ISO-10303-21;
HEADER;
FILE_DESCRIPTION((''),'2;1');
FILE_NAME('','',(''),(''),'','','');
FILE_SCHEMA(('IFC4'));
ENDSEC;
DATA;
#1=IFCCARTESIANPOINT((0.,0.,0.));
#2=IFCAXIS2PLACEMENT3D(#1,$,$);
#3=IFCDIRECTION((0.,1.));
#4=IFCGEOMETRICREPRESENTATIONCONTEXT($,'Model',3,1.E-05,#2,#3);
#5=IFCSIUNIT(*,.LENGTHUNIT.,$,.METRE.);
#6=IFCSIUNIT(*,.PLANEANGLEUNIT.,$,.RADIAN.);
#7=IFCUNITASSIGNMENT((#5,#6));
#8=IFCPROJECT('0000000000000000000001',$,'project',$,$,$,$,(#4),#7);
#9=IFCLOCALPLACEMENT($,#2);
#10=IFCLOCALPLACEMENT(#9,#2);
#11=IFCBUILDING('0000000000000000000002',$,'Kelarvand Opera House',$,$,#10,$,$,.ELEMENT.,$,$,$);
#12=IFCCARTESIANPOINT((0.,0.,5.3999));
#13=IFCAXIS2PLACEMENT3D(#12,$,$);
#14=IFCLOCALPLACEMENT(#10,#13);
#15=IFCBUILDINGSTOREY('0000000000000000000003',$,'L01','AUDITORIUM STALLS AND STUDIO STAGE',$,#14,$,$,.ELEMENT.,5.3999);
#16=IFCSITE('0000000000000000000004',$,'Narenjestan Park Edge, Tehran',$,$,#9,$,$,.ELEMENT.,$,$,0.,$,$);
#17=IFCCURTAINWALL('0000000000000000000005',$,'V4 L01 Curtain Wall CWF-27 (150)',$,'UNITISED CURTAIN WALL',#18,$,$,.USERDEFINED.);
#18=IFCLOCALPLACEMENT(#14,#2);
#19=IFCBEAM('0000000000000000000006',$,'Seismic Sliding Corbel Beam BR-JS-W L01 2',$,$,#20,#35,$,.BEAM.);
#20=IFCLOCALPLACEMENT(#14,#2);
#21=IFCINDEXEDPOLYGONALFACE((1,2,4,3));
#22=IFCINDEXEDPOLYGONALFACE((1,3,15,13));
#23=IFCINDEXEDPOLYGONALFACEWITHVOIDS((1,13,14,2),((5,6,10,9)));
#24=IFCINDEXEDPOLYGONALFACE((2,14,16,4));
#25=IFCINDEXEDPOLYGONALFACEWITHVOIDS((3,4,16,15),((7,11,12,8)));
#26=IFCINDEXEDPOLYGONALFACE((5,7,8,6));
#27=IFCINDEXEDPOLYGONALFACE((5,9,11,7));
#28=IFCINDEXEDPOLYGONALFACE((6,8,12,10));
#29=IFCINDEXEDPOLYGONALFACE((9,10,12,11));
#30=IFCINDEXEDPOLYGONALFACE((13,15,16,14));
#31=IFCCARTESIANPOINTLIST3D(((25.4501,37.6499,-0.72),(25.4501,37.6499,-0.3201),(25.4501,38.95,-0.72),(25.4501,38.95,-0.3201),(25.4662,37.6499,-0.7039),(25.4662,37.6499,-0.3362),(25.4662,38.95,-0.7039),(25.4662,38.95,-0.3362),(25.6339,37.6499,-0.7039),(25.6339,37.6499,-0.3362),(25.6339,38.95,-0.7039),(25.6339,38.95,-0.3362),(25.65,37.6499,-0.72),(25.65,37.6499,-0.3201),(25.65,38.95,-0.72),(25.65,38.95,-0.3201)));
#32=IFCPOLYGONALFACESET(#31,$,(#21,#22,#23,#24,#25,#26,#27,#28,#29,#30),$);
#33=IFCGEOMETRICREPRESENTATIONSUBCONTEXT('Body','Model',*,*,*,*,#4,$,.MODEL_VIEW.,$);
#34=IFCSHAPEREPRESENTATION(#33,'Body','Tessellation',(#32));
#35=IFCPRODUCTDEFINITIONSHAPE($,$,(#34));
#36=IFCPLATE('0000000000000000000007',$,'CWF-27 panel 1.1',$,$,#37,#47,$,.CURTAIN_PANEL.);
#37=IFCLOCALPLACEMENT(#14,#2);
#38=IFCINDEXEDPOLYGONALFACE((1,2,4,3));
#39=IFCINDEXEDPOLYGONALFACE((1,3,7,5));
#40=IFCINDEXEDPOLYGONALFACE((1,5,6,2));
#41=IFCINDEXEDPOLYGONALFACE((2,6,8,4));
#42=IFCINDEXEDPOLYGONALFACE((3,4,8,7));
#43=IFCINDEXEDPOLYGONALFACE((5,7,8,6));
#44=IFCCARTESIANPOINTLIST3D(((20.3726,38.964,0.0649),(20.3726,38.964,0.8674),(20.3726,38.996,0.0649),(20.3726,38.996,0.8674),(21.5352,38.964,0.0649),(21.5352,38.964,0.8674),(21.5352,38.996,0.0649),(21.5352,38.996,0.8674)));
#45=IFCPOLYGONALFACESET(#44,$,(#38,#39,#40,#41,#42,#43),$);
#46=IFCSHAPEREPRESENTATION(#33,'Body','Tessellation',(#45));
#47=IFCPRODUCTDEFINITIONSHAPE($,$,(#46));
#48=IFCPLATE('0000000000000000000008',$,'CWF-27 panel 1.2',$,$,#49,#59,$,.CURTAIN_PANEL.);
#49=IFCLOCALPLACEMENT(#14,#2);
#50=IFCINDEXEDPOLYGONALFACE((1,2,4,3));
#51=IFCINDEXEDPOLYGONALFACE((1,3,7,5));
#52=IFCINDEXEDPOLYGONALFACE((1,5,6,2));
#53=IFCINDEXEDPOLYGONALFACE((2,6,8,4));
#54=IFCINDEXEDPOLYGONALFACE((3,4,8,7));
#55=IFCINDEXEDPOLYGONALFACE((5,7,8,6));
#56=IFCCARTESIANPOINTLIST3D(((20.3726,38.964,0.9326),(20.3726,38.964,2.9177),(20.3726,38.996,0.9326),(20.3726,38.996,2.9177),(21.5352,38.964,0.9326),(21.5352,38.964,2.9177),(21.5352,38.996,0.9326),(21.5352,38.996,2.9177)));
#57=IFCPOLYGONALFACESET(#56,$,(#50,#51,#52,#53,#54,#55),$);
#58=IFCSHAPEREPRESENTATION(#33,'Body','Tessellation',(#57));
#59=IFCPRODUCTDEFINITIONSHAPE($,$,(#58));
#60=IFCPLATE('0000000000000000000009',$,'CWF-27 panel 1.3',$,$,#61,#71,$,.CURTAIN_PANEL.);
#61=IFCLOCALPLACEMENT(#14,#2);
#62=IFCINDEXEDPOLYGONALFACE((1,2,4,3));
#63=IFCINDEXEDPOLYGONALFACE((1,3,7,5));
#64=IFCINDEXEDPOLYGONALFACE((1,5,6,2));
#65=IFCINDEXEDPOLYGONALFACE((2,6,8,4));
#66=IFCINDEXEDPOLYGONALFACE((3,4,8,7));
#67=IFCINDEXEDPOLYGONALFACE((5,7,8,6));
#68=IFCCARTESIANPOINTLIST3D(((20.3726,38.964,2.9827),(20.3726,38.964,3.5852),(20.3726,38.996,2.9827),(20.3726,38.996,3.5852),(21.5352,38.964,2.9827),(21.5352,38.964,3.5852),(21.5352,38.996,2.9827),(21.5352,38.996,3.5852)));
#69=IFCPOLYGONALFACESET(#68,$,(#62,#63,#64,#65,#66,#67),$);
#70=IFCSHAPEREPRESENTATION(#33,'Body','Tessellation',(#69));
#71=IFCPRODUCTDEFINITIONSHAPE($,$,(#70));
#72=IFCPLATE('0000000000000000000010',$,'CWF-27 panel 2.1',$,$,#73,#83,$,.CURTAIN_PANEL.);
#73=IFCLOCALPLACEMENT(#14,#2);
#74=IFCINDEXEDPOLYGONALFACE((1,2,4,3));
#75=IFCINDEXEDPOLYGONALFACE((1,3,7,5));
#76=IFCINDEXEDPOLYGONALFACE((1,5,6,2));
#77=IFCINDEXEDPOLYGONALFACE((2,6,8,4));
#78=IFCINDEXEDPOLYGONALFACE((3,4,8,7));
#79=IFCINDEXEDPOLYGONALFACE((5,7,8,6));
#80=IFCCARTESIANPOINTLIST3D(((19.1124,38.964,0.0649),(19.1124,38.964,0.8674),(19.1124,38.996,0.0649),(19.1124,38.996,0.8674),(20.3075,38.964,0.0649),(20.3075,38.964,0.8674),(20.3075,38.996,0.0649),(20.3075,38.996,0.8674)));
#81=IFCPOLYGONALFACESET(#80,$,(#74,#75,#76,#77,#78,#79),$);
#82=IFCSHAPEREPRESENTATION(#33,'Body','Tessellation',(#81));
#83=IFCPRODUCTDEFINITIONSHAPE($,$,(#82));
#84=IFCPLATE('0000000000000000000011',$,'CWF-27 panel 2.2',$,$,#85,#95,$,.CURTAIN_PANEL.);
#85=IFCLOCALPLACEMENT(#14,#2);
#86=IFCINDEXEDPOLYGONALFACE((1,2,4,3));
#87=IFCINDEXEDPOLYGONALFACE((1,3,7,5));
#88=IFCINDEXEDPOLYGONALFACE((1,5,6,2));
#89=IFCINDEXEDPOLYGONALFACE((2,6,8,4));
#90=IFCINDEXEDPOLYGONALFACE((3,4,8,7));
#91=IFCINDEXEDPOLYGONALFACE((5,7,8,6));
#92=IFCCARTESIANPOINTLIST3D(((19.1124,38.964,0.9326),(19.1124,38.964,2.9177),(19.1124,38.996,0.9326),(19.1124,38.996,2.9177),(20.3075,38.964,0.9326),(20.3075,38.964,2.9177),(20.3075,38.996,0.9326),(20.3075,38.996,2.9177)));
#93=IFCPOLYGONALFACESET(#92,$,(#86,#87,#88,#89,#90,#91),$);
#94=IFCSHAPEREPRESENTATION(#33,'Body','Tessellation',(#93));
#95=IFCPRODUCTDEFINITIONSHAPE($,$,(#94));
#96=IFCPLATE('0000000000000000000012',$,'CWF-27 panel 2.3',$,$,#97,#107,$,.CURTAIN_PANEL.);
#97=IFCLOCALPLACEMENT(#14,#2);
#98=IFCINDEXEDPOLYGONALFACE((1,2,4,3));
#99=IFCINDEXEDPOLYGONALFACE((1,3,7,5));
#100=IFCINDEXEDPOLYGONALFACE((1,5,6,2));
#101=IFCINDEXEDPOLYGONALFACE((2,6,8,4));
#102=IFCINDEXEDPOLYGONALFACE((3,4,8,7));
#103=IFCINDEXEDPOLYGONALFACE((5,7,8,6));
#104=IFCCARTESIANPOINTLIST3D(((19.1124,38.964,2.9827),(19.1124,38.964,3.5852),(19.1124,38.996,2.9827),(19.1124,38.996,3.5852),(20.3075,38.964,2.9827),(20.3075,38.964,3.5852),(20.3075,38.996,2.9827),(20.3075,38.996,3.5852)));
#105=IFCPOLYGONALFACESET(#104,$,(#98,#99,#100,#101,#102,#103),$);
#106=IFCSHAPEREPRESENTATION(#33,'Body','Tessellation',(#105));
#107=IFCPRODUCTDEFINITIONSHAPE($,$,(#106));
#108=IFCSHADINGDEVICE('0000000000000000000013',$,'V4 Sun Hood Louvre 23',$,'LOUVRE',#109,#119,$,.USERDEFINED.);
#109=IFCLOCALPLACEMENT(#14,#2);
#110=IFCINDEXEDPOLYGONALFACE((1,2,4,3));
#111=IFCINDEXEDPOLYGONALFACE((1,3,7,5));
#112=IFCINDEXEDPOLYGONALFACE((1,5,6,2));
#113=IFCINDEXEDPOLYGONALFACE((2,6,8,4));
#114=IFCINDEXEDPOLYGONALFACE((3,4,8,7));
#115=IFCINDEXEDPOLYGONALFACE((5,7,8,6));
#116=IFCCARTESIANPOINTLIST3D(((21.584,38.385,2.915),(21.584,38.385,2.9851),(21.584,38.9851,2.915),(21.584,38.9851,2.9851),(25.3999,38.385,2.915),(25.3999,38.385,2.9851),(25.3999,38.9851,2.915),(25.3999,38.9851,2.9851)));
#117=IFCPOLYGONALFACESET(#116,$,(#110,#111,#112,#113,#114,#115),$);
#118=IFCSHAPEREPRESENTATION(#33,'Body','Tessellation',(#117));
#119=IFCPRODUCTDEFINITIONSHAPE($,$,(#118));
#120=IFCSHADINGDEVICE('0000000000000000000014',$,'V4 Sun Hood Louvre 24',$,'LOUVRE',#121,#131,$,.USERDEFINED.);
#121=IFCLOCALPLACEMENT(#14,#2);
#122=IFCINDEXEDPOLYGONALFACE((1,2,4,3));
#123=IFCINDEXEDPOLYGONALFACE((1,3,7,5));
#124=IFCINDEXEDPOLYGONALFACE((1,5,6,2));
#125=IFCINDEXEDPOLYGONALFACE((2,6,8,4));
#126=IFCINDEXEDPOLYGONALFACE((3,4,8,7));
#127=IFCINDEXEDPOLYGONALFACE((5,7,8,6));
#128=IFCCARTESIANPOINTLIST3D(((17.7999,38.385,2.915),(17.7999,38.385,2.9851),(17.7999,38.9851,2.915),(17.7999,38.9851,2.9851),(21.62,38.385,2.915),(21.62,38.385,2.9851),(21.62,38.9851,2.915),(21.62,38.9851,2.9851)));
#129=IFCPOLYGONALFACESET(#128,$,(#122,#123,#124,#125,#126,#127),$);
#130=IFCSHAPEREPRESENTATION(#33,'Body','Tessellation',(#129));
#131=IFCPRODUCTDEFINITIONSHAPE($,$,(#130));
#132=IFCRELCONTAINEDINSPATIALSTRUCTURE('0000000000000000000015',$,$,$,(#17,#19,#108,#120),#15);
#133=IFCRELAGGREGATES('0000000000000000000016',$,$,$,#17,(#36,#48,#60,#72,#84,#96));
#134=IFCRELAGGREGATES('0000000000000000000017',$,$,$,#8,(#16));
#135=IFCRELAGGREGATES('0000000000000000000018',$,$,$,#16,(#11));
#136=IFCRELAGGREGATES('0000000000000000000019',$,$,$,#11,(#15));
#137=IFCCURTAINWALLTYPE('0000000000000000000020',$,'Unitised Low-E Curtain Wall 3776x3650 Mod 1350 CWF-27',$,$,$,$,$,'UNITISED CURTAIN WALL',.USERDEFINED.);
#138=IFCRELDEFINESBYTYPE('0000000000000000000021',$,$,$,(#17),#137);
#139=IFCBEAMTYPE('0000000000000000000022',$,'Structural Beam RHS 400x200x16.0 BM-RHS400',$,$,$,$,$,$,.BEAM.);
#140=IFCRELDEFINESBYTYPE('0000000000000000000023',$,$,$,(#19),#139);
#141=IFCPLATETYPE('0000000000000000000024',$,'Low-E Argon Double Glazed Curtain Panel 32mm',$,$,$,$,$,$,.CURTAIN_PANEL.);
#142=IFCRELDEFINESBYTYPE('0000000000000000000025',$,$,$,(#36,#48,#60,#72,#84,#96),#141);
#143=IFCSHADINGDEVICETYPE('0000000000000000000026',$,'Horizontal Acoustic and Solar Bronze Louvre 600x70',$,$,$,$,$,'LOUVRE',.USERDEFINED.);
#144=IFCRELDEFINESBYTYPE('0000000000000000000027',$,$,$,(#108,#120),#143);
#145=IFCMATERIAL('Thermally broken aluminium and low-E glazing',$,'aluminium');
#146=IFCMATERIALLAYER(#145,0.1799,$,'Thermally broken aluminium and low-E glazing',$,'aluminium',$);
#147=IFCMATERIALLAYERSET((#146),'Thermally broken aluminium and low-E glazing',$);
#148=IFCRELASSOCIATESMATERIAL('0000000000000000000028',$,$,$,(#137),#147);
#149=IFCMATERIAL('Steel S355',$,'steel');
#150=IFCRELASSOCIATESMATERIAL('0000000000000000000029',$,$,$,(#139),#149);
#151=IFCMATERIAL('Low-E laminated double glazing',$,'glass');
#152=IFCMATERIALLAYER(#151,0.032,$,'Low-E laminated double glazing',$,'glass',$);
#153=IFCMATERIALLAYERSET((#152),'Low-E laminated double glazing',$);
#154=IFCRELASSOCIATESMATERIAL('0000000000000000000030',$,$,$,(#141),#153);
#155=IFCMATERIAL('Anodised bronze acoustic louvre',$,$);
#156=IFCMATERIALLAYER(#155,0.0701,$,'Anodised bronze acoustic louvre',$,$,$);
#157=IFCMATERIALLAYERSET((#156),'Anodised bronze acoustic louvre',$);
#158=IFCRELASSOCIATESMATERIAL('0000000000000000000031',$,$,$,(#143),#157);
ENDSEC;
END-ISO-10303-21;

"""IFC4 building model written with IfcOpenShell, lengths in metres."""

from ifc_helpers import new_model, si_unit, direction, frame, origin, origin_2d, place, context, subcontext, project, spatial, rectangle, hollow_rectangle, extrude, material, layer, layer_set, material_profile, profile_set, type_object, element, aggregate, save


model = new_model("IFC4")

# Units and contexts
model_context = context("Model", 3, precision=1e-05, world=origin(), true_north=direction((0.0, 1.0)))
body_context = subcontext(model_context, "Body", "Model", "MODEL_VIEW")
ifc_project = project(units=[si_unit("LENGTHUNIT", "METRE"), si_unit("PLANEANGLEUNIT", "RADIAN")], contexts=[model_context])

# Site, building, storey
site_placement = place(None, origin())
site = spatial("IfcSite", under=ifc_project, at=site_placement, Name="Narenjestan Park Edge, Tehran", CompositionType="ELEMENT", RefElevation=0.0)
building_placement = place(site_placement, origin())
building = spatial("IfcBuilding", under=site, at=building_placement, Name="Kelarvand Opera House", CompositionType="ELEMENT")
storey_placement = place(building_placement, frame((0.0, 0.0, 5.3999)))
storey = spatial("IfcBuildingStorey", under=building, at=storey_placement, Name="L01", Description="AUDITORIUM STALLS AND STUDIO STAGE", CompositionType="ELEMENT", Elevation=5.3999)

# Shared definitions
ifc_material_1 = material(Name="Thermally broken aluminium and low-E glazing", Category="aluminium")
ifc_layer_1 = layer(ifc_material_1, 0.1799, Name="Thermally broken aluminium and low-E glazing", Category="aluminium")
ifc_layer_set_1 = layer_set([ifc_layer_1], Name="Thermally broken aluminium and low-E glazing")
curtain_wall_type = type_object("IfcCurtainWallType", Name="Unitised Low-E Curtain Wall 3776x3650 Mod 1350 CWF-27", ElementType="UNITISED CURTAIN WALL", PredefinedType="USERDEFINED", material=ifc_layer_set_1)

# Curtain wall
curtain_wall_1_placement = place(storey_placement, origin())
curtain_wall_1 = element("IfcCurtainWall", 1, at=curtain_wall_1_placement, inside=storey, type_object=curtain_wall_type, Name="V4 L01 Curtain Wall CWF-27 (150)", ObjectType="UNITISED CURTAIN WALL", PredefinedType="USERDEFINED")

# Beam
ifc_material_2 = material(Name="Steel S355", Category="steel")
ifc_material_profile_1 = material_profile(ifc_material_2, hollow_rectangle(XDim=0.2, YDim=0.3999, WallThickness=0.0161, at=origin_2d()), Name="RHS 400x200x16.0", Category="steel")
ifc_profile_set_1 = profile_set([ifc_material_profile_1], Name="Steel S355")
beam_type = type_object("IfcBeamType", Name="Structural Beam RHS 400x200x16.0 BM-RHS400", PredefinedType="BEAM", material=ifc_profile_set_1)
beam_placement = place(storey_placement, frame((25.55, 37.6499, -0.52), z_axis=(0.0, 1.0, 0.0), x_axis=(-1.0, 0.0, 0.0)))
element("IfcBeam", 2, at=beam_placement, inside=storey, type_object=beam_type, Name="Seismic Sliding Corbel Beam BR-JS-W L01 2", PredefinedType="BEAM", context=body_context, shape_type="SweptSolid", body=[
    extrude(hollow_rectangle(XDim=0.2, YDim=0.3999, WallThickness=0.0161, at=origin_2d()), origin(), (0.0, 0.0, 1.0), 1.3),
])

# Plates
ifc_material_3 = material(Name="Low-E laminated double glazing", Category="glass")
ifc_layer_2 = layer(ifc_material_3, 0.032, Name="Low-E laminated double glazing", Category="glass")
ifc_layer_set_2 = layer_set([ifc_layer_2], Name="Low-E laminated double glazing")
plate_type = type_object("IfcPlateType", Name="Low-E Argon Double Glazed Curtain Panel 32mm", PredefinedType="CURTAIN_PANEL", material=ifc_layer_set_2)
plate_1_placement = place(storey_placement, frame((20.9539, 38.98, 0.0649), z_axis=(0.0, 0.0, 1.0), x_axis=(-1.0, 0.0, 0.0)))
plate_1 = element("IfcPlate", 3, at=plate_1_placement, type_object=plate_type, Name="CWF-27 panel 1.1", PredefinedType="CURTAIN_PANEL", context=body_context, shape_type="SweptSolid", body=[
    extrude(rectangle(XDim=1.1626, YDim=0.032, at=origin_2d()), origin(), (0.0, 0.0, 1.0), 0.8025),
])
plate_2_placement = place(storey_placement, frame((20.9539, 38.98, 0.9326), z_axis=(0.0, 0.0, 1.0), x_axis=(-1.0, 0.0, 0.0)))
plate_2 = element("IfcPlate", 4, at=plate_2_placement, type_object=plate_type, Name="CWF-27 panel 1.2", PredefinedType="CURTAIN_PANEL", context=body_context, shape_type="SweptSolid", body=[
    extrude(rectangle(XDim=1.1626, YDim=0.032, at=origin_2d()), origin(), (0.0, 0.0, 1.0), 1.9851),
])
plate_3_placement = place(storey_placement, frame((20.9539, 38.98, 2.9827), z_axis=(0.0, 0.0, 1.0), x_axis=(-1.0, 0.0, 0.0)))
plate_3 = element("IfcPlate", 5, at=plate_3_placement, type_object=plate_type, Name="CWF-27 panel 1.3", PredefinedType="CURTAIN_PANEL", context=body_context, shape_type="SweptSolid", body=[
    extrude(rectangle(XDim=1.1626, YDim=0.032, at=origin_2d()), origin(), (0.0, 0.0, 1.0), 0.6025),
])
plate_4_placement = place(storey_placement, frame((19.71, 38.98, 0.0649), z_axis=(0.0, 0.0, 1.0), x_axis=(-1.0, 0.0, 0.0)))
plate_4 = element("IfcPlate", 6, at=plate_4_placement, type_object=plate_type, Name="CWF-27 panel 2.1", PredefinedType="CURTAIN_PANEL", context=body_context, shape_type="SweptSolid", body=[
    extrude(rectangle(XDim=1.1951, YDim=0.032, at=origin_2d()), origin(), (0.0, 0.0, 1.0), 0.8025),
])
plate_5_placement = place(storey_placement, frame((19.71, 38.98, 0.9326), z_axis=(0.0, 0.0, 1.0), x_axis=(-1.0, 0.0, 0.0)))
plate_5 = element("IfcPlate", 7, at=plate_5_placement, type_object=plate_type, Name="CWF-27 panel 2.2", PredefinedType="CURTAIN_PANEL", context=body_context, shape_type="SweptSolid", body=[
    extrude(rectangle(XDim=1.1951, YDim=0.032, at=origin_2d()), origin(), (0.0, 0.0, 1.0), 1.9851),
])
plate_6_placement = place(storey_placement, frame((19.71, 38.98, 2.9827), z_axis=(0.0, 0.0, 1.0), x_axis=(-1.0, 0.0, 0.0)))
plate_6 = element("IfcPlate", 8, at=plate_6_placement, type_object=plate_type, Name="CWF-27 panel 2.3", PredefinedType="CURTAIN_PANEL", context=body_context, shape_type="SweptSolid", body=[
    extrude(rectangle(XDim=1.1951, YDim=0.032, at=origin_2d()), origin(), (0.0, 0.0, 1.0), 0.6025),
])
aggregate(curtain_wall_1, [plate_1, plate_2, plate_3, plate_4, plate_5, plate_6])

# Shading devices
ifc_material_4 = material(Name="Anodised bronze acoustic louvre")
ifc_layer_3 = layer(ifc_material_4, 0.0701, Name="Anodised bronze acoustic louvre")
ifc_layer_set_3 = layer_set([ifc_layer_3], Name="Anodised bronze acoustic louvre")
shading_device_type = type_object("IfcShadingDeviceType", Name="Horizontal Acoustic and Solar Bronze Louvre 600x70", ElementType="LOUVRE", PredefinedType="USERDEFINED", material=ifc_layer_set_3)
shading_device_1_placement = place(storey_placement, frame((23.4919, 38.6851, 2.915), z_axis=(0.0, 0.0, 1.0), x_axis=(-1.0, 0.0, 0.0)))
element("IfcShadingDevice", 9, at=shading_device_1_placement, inside=storey, type_object=shading_device_type, Name="V4 Sun Hood Louvre 23", ObjectType="LOUVRE", PredefinedType="USERDEFINED", context=body_context, shape_type="SweptSolid", body=[
    extrude(rectangle(XDim=3.8159, YDim=0.6001, at=origin_2d()), origin(), (0.0, 0.0, 1.0), 0.0701),
])
shading_device_2_placement = place(storey_placement, frame((19.71, 38.6851, 2.915), z_axis=(0.0, 0.0, 1.0), x_axis=(-1.0, 0.0, 0.0)))
element("IfcShadingDevice", 10, at=shading_device_2_placement, inside=storey, type_object=shading_device_type, Name="V4 Sun Hood Louvre 24", ObjectType="LOUVRE", PredefinedType="USERDEFINED", context=body_context, shape_type="SweptSolid", body=[
    extrude(rectangle(XDim=3.8201, YDim=0.6001, at=origin_2d()), origin(), (0.0, 0.0, 1.0), 0.0701),
])

save(model, "model.ifc")
